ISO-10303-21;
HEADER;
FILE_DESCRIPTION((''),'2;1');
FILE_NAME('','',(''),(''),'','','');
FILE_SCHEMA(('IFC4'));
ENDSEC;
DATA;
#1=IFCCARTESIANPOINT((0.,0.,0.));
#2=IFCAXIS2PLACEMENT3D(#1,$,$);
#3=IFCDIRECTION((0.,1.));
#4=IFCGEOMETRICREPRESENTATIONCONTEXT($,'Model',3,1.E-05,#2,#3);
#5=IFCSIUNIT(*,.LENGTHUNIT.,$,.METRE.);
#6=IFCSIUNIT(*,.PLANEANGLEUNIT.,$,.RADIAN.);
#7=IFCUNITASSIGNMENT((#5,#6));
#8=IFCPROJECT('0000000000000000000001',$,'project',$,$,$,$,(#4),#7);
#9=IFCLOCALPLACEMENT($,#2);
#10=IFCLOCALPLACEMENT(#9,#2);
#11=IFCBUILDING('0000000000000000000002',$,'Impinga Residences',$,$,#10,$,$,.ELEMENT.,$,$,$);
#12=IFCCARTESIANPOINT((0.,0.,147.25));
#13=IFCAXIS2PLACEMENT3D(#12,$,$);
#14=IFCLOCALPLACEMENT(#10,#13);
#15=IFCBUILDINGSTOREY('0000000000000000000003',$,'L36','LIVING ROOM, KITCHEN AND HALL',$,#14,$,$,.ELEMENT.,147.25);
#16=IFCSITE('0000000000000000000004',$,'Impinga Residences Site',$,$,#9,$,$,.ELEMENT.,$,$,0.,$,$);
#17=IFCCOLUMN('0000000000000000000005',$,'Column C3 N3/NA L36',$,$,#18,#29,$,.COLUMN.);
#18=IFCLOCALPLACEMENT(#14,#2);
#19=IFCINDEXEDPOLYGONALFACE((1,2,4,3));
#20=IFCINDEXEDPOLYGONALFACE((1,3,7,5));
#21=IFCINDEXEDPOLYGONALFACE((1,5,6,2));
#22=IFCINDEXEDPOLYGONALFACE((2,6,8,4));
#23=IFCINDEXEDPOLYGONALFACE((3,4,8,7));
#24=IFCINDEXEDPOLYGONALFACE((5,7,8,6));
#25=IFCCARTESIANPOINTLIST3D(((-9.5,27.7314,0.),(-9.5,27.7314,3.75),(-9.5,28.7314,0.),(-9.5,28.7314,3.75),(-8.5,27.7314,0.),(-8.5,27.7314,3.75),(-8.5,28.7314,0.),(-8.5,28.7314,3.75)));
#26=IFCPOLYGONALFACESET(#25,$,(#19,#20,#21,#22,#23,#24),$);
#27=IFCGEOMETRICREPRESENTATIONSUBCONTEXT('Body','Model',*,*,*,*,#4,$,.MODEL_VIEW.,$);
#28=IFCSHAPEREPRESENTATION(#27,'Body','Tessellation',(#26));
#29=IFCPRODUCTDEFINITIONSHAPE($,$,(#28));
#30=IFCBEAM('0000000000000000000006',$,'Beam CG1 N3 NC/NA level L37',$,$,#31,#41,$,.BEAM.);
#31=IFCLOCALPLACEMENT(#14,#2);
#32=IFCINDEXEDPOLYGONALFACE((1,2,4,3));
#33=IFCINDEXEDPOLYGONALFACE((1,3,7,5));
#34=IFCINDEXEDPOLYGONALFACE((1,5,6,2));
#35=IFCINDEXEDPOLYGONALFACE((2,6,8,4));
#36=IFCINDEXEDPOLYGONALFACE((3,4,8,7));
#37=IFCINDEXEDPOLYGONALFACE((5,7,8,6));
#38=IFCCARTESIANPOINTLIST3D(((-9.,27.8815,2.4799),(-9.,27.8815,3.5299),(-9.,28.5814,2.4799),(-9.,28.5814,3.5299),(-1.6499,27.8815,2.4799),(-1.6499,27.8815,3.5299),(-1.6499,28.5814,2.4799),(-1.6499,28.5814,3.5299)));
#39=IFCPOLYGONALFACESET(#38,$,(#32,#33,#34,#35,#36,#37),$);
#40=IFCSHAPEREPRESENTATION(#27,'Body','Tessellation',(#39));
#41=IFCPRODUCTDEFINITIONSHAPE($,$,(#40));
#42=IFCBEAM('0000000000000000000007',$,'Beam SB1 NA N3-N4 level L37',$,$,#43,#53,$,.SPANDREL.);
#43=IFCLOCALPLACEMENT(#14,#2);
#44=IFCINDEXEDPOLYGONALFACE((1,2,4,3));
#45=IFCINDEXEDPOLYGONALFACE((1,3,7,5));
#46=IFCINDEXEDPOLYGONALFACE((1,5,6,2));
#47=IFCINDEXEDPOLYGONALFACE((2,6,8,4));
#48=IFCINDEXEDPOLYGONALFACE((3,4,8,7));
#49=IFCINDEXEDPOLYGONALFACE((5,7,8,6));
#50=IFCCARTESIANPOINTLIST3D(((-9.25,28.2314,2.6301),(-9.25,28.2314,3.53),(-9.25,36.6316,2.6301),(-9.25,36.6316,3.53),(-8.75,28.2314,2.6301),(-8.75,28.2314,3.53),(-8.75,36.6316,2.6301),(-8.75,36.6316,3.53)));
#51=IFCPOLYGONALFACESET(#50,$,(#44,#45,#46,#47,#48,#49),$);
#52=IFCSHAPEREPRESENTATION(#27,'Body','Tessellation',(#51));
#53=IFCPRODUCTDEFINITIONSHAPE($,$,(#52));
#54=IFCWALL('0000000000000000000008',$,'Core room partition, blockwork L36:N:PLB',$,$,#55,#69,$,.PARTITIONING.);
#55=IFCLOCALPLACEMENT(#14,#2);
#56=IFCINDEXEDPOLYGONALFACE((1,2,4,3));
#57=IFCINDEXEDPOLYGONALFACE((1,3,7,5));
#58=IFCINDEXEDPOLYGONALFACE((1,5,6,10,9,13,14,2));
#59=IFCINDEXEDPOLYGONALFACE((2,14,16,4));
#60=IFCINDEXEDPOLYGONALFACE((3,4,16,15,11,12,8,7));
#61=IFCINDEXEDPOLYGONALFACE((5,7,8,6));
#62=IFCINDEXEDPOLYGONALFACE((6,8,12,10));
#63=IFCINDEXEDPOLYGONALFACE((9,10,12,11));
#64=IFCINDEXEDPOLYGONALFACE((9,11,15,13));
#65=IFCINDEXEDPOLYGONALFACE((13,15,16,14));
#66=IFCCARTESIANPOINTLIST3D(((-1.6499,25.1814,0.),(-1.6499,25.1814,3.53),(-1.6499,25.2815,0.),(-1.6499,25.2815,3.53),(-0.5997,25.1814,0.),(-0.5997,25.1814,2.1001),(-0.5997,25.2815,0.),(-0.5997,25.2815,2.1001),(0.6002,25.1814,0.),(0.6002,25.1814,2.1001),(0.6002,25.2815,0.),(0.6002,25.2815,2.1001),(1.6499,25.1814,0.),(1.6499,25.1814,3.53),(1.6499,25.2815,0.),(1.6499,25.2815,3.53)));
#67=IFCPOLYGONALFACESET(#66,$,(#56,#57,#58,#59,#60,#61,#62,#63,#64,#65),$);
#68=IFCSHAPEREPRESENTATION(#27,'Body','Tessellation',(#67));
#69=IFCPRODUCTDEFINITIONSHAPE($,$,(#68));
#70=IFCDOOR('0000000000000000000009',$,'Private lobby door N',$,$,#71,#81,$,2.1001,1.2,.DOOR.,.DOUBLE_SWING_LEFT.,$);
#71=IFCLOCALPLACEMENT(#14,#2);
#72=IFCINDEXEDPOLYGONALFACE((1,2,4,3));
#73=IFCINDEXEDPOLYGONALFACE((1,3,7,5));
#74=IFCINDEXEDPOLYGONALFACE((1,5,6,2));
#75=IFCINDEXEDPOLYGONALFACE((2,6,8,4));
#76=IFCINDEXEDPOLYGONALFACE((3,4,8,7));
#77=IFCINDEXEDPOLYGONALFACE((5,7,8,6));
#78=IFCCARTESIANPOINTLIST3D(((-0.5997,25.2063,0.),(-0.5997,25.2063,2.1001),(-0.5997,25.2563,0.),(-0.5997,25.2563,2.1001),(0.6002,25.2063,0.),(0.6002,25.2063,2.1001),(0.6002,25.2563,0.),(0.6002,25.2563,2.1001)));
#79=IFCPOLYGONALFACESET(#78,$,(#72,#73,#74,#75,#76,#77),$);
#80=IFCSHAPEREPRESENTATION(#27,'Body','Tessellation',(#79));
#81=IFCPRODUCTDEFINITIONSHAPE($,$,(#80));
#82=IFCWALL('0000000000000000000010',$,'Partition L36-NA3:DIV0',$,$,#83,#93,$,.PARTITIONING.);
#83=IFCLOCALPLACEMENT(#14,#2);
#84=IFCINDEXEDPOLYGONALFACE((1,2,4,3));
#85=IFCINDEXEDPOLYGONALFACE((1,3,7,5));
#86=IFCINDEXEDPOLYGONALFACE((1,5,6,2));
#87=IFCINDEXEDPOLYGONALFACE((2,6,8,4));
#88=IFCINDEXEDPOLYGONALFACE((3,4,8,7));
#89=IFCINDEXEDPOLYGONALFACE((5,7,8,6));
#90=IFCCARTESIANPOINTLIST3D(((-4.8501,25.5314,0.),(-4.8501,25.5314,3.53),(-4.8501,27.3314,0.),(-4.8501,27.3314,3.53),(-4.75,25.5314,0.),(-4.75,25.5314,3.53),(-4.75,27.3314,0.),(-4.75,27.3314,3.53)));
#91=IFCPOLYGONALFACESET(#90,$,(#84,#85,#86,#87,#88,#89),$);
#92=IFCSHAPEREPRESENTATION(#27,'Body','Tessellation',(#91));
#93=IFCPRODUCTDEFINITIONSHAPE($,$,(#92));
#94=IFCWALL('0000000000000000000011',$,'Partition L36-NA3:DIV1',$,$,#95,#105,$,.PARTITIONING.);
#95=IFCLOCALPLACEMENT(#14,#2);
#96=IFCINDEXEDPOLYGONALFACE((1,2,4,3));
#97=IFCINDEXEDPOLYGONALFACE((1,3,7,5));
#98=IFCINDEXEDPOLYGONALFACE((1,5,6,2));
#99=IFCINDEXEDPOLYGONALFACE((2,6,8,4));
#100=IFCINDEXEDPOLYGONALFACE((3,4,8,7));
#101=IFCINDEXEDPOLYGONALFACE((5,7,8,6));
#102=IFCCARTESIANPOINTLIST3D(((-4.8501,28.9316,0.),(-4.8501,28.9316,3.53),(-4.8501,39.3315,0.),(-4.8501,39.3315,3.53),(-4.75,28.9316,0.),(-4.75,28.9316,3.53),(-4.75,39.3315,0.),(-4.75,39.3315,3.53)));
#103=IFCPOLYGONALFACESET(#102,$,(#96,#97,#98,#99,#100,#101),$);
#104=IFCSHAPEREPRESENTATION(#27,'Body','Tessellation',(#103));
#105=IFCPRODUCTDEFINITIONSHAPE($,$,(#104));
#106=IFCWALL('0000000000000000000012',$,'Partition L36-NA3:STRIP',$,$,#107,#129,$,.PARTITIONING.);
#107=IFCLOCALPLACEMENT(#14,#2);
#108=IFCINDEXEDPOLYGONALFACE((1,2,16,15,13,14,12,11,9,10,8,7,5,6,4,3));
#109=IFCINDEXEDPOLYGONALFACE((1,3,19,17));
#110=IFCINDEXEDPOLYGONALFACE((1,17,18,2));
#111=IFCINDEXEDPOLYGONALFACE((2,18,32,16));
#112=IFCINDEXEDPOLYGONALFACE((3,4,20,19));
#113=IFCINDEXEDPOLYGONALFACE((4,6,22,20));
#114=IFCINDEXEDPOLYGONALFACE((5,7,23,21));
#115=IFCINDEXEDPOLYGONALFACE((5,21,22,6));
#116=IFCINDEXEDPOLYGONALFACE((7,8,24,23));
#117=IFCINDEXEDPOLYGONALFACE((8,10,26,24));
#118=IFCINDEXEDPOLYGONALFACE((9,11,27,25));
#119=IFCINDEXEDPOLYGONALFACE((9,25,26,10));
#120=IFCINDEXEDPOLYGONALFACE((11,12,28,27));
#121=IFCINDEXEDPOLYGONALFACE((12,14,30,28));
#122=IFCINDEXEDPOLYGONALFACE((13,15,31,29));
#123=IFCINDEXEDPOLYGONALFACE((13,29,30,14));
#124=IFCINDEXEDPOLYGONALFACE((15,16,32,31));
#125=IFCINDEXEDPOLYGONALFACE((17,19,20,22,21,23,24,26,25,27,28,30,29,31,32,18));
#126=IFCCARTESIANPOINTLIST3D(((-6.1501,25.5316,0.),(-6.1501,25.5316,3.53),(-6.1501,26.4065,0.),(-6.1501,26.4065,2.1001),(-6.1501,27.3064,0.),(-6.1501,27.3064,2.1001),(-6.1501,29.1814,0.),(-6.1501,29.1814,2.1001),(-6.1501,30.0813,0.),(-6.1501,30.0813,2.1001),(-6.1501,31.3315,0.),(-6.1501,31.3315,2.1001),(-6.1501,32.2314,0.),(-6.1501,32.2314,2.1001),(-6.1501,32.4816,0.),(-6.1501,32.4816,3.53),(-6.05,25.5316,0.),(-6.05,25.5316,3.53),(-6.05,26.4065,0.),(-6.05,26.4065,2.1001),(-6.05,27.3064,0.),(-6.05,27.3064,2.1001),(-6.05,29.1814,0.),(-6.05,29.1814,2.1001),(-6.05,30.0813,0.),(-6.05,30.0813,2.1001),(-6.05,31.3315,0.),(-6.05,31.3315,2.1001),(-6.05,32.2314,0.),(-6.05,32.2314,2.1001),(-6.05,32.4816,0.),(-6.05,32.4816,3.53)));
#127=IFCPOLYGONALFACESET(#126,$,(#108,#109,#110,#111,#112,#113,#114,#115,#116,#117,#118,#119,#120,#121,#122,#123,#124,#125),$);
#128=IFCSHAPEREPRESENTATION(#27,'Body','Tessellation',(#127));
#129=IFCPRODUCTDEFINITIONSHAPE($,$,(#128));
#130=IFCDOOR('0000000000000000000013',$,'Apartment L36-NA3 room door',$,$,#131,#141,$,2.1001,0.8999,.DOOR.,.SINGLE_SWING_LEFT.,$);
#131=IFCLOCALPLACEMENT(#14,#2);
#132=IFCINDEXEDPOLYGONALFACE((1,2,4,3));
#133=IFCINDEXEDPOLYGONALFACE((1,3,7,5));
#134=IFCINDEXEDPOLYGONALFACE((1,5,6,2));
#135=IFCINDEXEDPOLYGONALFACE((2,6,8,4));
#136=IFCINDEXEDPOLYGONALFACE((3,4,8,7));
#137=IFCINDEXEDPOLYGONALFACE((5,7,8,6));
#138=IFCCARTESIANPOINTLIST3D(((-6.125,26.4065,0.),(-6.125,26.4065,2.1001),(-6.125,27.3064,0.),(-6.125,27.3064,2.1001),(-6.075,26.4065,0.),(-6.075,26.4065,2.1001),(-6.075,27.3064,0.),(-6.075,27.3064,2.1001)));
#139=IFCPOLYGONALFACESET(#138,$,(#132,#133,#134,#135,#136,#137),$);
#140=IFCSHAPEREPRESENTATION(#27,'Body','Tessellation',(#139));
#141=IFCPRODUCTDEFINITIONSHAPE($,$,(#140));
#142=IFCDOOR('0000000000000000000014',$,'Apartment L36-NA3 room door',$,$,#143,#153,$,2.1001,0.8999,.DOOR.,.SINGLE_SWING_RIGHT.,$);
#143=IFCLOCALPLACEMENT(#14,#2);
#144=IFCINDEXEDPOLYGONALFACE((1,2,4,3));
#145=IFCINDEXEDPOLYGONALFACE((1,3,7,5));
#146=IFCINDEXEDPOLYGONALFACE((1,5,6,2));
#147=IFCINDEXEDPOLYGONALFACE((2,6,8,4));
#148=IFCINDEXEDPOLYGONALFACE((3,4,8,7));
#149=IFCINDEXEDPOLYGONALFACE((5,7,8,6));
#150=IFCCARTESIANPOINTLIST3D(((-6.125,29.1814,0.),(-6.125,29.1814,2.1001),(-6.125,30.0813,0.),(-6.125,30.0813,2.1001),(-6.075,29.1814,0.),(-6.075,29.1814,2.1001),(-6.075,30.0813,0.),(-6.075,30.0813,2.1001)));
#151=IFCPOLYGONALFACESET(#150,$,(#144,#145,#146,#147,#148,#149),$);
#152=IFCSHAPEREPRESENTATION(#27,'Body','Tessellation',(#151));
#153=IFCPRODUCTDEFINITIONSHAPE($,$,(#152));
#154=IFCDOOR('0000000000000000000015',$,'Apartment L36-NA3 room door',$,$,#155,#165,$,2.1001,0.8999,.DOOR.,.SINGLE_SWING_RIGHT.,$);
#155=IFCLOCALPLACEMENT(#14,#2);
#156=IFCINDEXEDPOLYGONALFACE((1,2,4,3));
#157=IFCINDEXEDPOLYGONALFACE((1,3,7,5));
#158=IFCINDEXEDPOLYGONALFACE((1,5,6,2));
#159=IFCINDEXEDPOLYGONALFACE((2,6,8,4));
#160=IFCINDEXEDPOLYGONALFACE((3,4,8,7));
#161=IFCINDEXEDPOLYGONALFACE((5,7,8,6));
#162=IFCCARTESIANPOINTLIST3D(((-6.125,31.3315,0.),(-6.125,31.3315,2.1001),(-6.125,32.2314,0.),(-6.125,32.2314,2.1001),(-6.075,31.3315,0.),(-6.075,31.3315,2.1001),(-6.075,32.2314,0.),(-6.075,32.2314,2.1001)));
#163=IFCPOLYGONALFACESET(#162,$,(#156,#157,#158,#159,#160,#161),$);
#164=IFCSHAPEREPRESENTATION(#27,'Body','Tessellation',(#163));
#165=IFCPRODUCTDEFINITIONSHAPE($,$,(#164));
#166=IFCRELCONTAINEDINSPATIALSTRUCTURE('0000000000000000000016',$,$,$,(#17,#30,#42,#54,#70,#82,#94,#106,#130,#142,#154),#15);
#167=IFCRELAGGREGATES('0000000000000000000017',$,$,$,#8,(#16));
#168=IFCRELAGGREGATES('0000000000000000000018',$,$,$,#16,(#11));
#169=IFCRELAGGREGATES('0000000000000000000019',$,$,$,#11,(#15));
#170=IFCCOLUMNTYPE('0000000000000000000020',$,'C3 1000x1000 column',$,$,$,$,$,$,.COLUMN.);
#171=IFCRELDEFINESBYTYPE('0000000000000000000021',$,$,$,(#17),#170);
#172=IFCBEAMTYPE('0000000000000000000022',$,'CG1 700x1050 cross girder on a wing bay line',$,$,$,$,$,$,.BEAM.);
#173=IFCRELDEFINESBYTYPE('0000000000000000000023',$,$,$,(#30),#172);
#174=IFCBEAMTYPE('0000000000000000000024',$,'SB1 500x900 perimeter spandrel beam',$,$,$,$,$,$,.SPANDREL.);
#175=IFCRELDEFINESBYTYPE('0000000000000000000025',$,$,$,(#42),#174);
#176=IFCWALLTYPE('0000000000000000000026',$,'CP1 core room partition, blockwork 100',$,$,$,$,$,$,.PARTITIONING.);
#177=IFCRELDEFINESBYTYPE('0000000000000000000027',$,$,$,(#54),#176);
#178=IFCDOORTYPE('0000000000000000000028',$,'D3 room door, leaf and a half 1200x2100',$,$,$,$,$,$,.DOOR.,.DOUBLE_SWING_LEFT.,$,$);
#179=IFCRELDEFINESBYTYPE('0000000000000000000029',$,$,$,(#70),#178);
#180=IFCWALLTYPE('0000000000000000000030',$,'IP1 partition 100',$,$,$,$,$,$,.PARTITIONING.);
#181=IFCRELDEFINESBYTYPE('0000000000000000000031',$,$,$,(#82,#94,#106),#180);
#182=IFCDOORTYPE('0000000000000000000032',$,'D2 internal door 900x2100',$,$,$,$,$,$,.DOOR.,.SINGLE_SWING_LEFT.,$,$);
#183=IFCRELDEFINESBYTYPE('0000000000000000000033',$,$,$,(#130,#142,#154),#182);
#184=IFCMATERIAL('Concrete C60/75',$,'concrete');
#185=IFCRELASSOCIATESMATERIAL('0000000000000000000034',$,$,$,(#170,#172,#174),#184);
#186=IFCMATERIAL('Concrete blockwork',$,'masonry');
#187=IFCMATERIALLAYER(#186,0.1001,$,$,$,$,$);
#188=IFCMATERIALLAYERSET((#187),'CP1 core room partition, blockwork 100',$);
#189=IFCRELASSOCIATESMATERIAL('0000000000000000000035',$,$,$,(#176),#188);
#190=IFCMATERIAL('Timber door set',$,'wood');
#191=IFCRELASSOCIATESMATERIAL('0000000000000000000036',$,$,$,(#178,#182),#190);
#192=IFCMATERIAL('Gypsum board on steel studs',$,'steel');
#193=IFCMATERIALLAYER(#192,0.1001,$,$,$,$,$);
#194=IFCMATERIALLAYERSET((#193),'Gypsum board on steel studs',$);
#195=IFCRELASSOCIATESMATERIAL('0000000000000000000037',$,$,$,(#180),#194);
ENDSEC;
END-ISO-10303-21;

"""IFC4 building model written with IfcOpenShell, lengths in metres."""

from ifc_helpers import new_model, si_unit, direction, frame, frame_2d, origin, origin_2d, place, context, subcontext, project, spatial, rectangle, extrude, material, layer, layer_set, material_profile, profile_set, type_object, element, fill, save


model = new_model("IFC4")

# Units and contexts
model_context = context("Model", 3, precision=1e-05, world=origin(), true_north=direction((0.0, 1.0)))
body_context = subcontext(model_context, "Body", "Model", "MODEL_VIEW")
ifc_project = project(units=[si_unit("LENGTHUNIT", "METRE"), si_unit("PLANEANGLEUNIT", "RADIAN")], contexts=[model_context])

# Site, building, storey
site_placement = place(None, origin())
site = spatial("IfcSite", under=ifc_project, at=site_placement, Name="Impinga Residences Site", CompositionType="ELEMENT", RefElevation=0.0)
building_placement = place(site_placement, origin())
building = spatial("IfcBuilding", under=site, at=building_placement, Name="Impinga Residences", CompositionType="ELEMENT")
storey_placement = place(building_placement, frame((0.0, 0.0, 147.25)))
storey = spatial("IfcBuildingStorey", under=building, at=storey_placement, Name="L36", Description="LIVING ROOM, KITCHEN AND HALL", CompositionType="ELEMENT", Elevation=147.25)

# Column
ifc_material_1 = material(Name="Concrete C60/75", Category="concrete")
ifc_material_profile_1 = material_profile(ifc_material_1, rectangle(XDim=1.0, YDim=1.0, at=origin_2d()), Name="RC 1000x1000")
ifc_profile_set_1 = profile_set([ifc_material_profile_1], Name="Concrete C60/75")
column_type = type_object("IfcColumnType", Name="C3 1000x1000 column", PredefinedType="COLUMN", material=ifc_profile_set_1)
column_placement = place(storey_placement, frame((-9.0, 28.2314, 0.0), z_axis=(0.0, 0.0, 1.0), x_axis=(1.0, 0.0, 0.0)))
element("IfcColumn", 1, at=column_placement, inside=storey, type_object=column_type, Name="Column C3 N3/NA L36", PredefinedType="COLUMN", context=body_context, shape_type="SweptSolid", body=[
    extrude(rectangle(XDim=1.0, YDim=1.0, at=origin_2d()), origin(), (0.0, 0.0, 1.0), 3.75),
])

# Beams
ifc_material_profile_2 = material_profile(ifc_material_1, rectangle(XDim=0.7, YDim=1.05, at=origin_2d()), Name="RC 700x1050")
ifc_profile_set_2 = profile_set([ifc_material_profile_2], Name="Concrete C60/75")
beam_type_1 = type_object("IfcBeamType", Name="CG1 700x1050 cross girder on a wing bay line", PredefinedType="BEAM", material=ifc_profile_set_2)
beam_1_placement = place(storey_placement, frame((-1.6499, 28.2314, 3.0049), z_axis=(-1.0, 0.0, 0.0), x_axis=(0.0, -1.0, 0.0)))
element("IfcBeam", 2, at=beam_1_placement, inside=storey, type_object=beam_type_1, Name="Beam CG1 N3 NC/NA level L37", PredefinedType="BEAM", context=body_context, shape_type="SweptSolid", body=[
    extrude(rectangle(XDim=0.7, YDim=1.05, at=origin_2d()), origin(), (0.0, 0.0, 1.0), 7.3501),
])
ifc_material_profile_3 = material_profile(ifc_material_1, rectangle(XDim=0.5, YDim=0.8999, at=origin_2d()), Name="RC 500x900")
ifc_profile_set_3 = profile_set([ifc_material_profile_3], Name="Concrete C60/75")
beam_type_2 = type_object("IfcBeamType", Name="SB1 500x900 perimeter spandrel beam", PredefinedType="SPANDREL", material=ifc_profile_set_3)
beam_2_placement = place(storey_placement, frame((-9.0, 28.2314, 3.0801), z_axis=(0.0, 1.0, 0.0), x_axis=(-1.0, 0.0, 0.0)))
element("IfcBeam", 3, at=beam_2_placement, inside=storey, type_object=beam_type_2, Name="Beam SB1 NA N3-N4 level L37", PredefinedType="SPANDREL", context=body_context, shape_type="SweptSolid", body=[
    extrude(rectangle(XDim=0.5, YDim=0.8999, at=origin_2d()), origin(), (0.0, 0.0, 1.0), 8.4001),
])

# Wall, opening, door
ifc_material_2 = material(Name="Concrete blockwork", Category="masonry")
ifc_layer_1 = layer(ifc_material_2, 0.1001)
ifc_layer_set_1 = layer_set([ifc_layer_1], Name="CP1 core room partition, blockwork 100")
wall_type_1 = type_object("IfcWallType", Name="CP1 core room partition, blockwork 100", PredefinedType="PARTITIONING", material=ifc_layer_set_1)
wall_1_placement = place(storey_placement, frame((-1.6499, 25.2314, 0.0), z_axis=(0.0, 0.0, 1.0), x_axis=(1.0, 0.0, 0.0)))
wall_1 = element("IfcWall", 4, at=wall_1_placement, inside=storey, type_object=wall_type_1, Name="Core room partition, blockwork L36:N:PLB", PredefinedType="PARTITIONING", context=body_context, shape_type="SweptSolid", body=[
    extrude(rectangle(XDim=3.2998, YDim=0.1001, at=frame_2d((1.6499, 0.0))), origin(), (0.0, 0.0, 1.0), 3.53),
])
opening_1_placement = place(wall_1_placement, frame((1.05, 0.0, 0.0)))
opening_1 = element("IfcOpeningElement", 5, at=opening_1_placement, cuts=wall_1, PredefinedType="OPENING", context=body_context, shape_type="SweptSolid", body=[
    extrude(rectangle(XDim=1.2, YDim=2.1001, at=frame_2d((0.6001, 1.05))), frame((0.0, 0.0601, 0.0), z_axis=(0.0, -1.0, 0.0), x_axis=(1.0, 0.0, 0.0)), (0.0, 0.0, 1.0), 0.1201),
])
ifc_material_3 = material(Name="Timber door set", Category="wood")
door_type_1 = type_object("IfcDoorType", Name="D3 room door, leaf and a half 1200x2100", OperationType="DOUBLE_SWING_LEFT", PredefinedType="DOOR", material=ifc_material_3)
door_1_placement = place(opening_1_placement, origin())
door_1 = element("IfcDoor", 6, at=door_1_placement, inside=storey, type_object=door_type_1, Name="Private lobby door N", OperationType="DOUBLE_SWING_LEFT", OverallHeight=2.1001, OverallWidth=1.2, PredefinedType="DOOR", context=body_context, shape_type="SweptSolid", body=[
    extrude(rectangle(XDim=1.2, YDim=2.1001, at=frame_2d((0.6001, 1.05))), frame((0.0, 0.0249, 0.0), z_axis=(0.0, -1.0, 0.0), x_axis=(1.0, 0.0, 0.0)), (0.0, 0.0, 1.0), 0.05),
])
fill(opening_1, door_1)

# Walls
ifc_material_4 = material(Name="Gypsum board on steel studs", Category="steel")
ifc_layer_2 = layer(ifc_material_4, 0.1001)
ifc_layer_set_2 = layer_set([ifc_layer_2], Name="Gypsum board on steel studs")
wall_type_2 = type_object("IfcWallType", Name="IP1 partition 100", PredefinedType="PARTITIONING", material=ifc_layer_set_2)
wall_2_placement = place(storey_placement, frame((-4.8, 25.5315, 0.0), z_axis=(0.0, 0.0, 1.0), x_axis=(0.0, 1.0, 0.0)))
element("IfcWall", 7, at=wall_2_placement, inside=storey, type_object=wall_type_2, Name="Partition L36-NA3:DIV0", PredefinedType="PARTITIONING", context=body_context, shape_type="SweptSolid", body=[
    extrude(rectangle(XDim=1.8, YDim=0.1001, at=frame_2d((0.8999, 0.0))), origin(), (0.0, 0.0, 1.0), 3.53),
])
wall_3_placement = place(storey_placement, frame((-4.8, 28.9316, 0.0), z_axis=(0.0, 0.0, 1.0), x_axis=(0.0, 1.0, 0.0)))
element("IfcWall", 8, at=wall_3_placement, inside=storey, type_object=wall_type_2, Name="Partition L36-NA3:DIV1", PredefinedType="PARTITIONING", context=body_context, shape_type="SweptSolid", body=[
    extrude(rectangle(XDim=10.3999, YDim=0.1001, at=frame_2d((5.2, 0.0))), origin(), (0.0, 0.0, 1.0), 3.53),
])

# Wall, openings, doors
wall_4_placement = place(storey_placement, frame((-6.1001, 25.5315, 0.0), z_axis=(0.0, 0.0, 1.0), x_axis=(0.0, 1.0, 0.0)))
wall_4 = element("IfcWall", 9, at=wall_4_placement, inside=storey, type_object=wall_type_2, Name="Partition L36-NA3:STRIP", PredefinedType="PARTITIONING", context=body_context, shape_type="SweptSolid", body=[
    extrude(rectangle(XDim=6.95, YDim=0.1001, at=frame_2d((3.4751, 0.0))), origin(), (0.0, 0.0, 1.0), 3.53),
])
opening_2_placement = place(wall_4_placement, frame((0.875, 0.0, 0.0)))
opening_2 = element("IfcOpeningElement", 10, at=opening_2_placement, cuts=wall_4, PredefinedType="OPENING", context=body_context, shape_type="SweptSolid", body=[
    extrude(rectangle(XDim=0.8999, YDim=2.1001, at=frame_2d((0.45, 1.05))), frame((0.0, 0.0601, 0.0), z_axis=(0.0, -1.0, 0.0), x_axis=(1.0, 0.0, 0.0)), (0.0, 0.0, 1.0), 0.1201),
])
opening_3_placement = place(wall_4_placement, frame((3.6499, 0.0, 0.0)))
opening_3 = element("IfcOpeningElement", 11, at=opening_3_placement, cuts=wall_4, PredefinedType="OPENING", context=body_context, shape_type="SweptSolid", body=[
    extrude(rectangle(XDim=0.8999, YDim=2.1001, at=frame_2d((0.45, 1.05))), frame((0.0, 0.0601, 0.0), z_axis=(0.0, -1.0, 0.0), x_axis=(1.0, 0.0, 0.0)), (0.0, 0.0, 1.0), 0.1201),
])
opening_4_placement = place(wall_4_placement, frame((5.8, 0.0, 0.0)))
opening_4 = element("IfcOpeningElement", 12, at=opening_4_placement, cuts=wall_4, PredefinedType="OPENING", context=body_context, shape_type="SweptSolid", body=[
    extrude(rectangle(XDim=0.8999, YDim=2.1001, at=frame_2d((0.45, 1.05))), frame((0.0, 0.0601, 0.0), z_axis=(0.0, -1.0, 0.0), x_axis=(1.0, 0.0, 0.0)), (0.0, 0.0, 1.0), 0.1201),
])
door_type_2 = type_object("IfcDoorType", Name="D2 internal door 900x2100", OperationType="SINGLE_SWING_LEFT", PredefinedType="DOOR", material=ifc_material_3)
door_2_placement = place(opening_2_placement, origin())
door_2 = element("IfcDoor", 13, at=door_2_placement, inside=storey, type_object=door_type_2, Name="Apartment L36-NA3 room door", OperationType="SINGLE_SWING_LEFT", OverallHeight=2.1001, OverallWidth=0.8999, PredefinedType="DOOR", context=body_context, shape_type="SweptSolid", body=[
    extrude(rectangle(XDim=0.8999, YDim=2.1001, at=frame_2d((0.45, 1.05))), frame((0.0, 0.0249, 0.0), z_axis=(0.0, -1.0, 0.0), x_axis=(1.0, 0.0, 0.0)), (0.0, 0.0, 1.0), 0.05),
])
fill(opening_2, door_2)
door_3_placement = place(opening_3_placement, origin())
door_3 = element("IfcDoor", 14, at=door_3_placement, inside=storey, type_object=door_type_2, Name="Apartment L36-NA3 room door", OperationType="SINGLE_SWING_RIGHT", OverallHeight=2.1001, OverallWidth=0.8999, PredefinedType="DOOR", context=body_context, shape_type="SweptSolid", body=[
    extrude(rectangle(XDim=0.8999, YDim=2.1001, at=frame_2d((0.45, 1.05))), frame((0.0, 0.0249, 0.0), z_axis=(0.0, -1.0, 0.0), x_axis=(1.0, 0.0, 0.0)), (0.0, 0.0, 1.0), 0.05),
])
fill(opening_3, door_3)
door_4_placement = place(opening_4_placement, origin())
door_4 = element("IfcDoor", 15, at=door_4_placement, inside=storey, type_object=door_type_2, Name="Apartment L36-NA3 room door", OperationType="SINGLE_SWING_RIGHT", OverallHeight=2.1001, OverallWidth=0.8999, PredefinedType="DOOR", context=body_context, shape_type="SweptSolid", body=[
    extrude(rectangle(XDim=0.8999, YDim=2.1001, at=frame_2d((0.45, 1.05))), frame((0.0, 0.0249, 0.0), z_axis=(0.0, -1.0, 0.0), x_axis=(1.0, 0.0, 0.0)), (0.0, 0.0, 1.0), 0.05),
])
fill(opening_4, door_4)

save(model, "model.ifc")
